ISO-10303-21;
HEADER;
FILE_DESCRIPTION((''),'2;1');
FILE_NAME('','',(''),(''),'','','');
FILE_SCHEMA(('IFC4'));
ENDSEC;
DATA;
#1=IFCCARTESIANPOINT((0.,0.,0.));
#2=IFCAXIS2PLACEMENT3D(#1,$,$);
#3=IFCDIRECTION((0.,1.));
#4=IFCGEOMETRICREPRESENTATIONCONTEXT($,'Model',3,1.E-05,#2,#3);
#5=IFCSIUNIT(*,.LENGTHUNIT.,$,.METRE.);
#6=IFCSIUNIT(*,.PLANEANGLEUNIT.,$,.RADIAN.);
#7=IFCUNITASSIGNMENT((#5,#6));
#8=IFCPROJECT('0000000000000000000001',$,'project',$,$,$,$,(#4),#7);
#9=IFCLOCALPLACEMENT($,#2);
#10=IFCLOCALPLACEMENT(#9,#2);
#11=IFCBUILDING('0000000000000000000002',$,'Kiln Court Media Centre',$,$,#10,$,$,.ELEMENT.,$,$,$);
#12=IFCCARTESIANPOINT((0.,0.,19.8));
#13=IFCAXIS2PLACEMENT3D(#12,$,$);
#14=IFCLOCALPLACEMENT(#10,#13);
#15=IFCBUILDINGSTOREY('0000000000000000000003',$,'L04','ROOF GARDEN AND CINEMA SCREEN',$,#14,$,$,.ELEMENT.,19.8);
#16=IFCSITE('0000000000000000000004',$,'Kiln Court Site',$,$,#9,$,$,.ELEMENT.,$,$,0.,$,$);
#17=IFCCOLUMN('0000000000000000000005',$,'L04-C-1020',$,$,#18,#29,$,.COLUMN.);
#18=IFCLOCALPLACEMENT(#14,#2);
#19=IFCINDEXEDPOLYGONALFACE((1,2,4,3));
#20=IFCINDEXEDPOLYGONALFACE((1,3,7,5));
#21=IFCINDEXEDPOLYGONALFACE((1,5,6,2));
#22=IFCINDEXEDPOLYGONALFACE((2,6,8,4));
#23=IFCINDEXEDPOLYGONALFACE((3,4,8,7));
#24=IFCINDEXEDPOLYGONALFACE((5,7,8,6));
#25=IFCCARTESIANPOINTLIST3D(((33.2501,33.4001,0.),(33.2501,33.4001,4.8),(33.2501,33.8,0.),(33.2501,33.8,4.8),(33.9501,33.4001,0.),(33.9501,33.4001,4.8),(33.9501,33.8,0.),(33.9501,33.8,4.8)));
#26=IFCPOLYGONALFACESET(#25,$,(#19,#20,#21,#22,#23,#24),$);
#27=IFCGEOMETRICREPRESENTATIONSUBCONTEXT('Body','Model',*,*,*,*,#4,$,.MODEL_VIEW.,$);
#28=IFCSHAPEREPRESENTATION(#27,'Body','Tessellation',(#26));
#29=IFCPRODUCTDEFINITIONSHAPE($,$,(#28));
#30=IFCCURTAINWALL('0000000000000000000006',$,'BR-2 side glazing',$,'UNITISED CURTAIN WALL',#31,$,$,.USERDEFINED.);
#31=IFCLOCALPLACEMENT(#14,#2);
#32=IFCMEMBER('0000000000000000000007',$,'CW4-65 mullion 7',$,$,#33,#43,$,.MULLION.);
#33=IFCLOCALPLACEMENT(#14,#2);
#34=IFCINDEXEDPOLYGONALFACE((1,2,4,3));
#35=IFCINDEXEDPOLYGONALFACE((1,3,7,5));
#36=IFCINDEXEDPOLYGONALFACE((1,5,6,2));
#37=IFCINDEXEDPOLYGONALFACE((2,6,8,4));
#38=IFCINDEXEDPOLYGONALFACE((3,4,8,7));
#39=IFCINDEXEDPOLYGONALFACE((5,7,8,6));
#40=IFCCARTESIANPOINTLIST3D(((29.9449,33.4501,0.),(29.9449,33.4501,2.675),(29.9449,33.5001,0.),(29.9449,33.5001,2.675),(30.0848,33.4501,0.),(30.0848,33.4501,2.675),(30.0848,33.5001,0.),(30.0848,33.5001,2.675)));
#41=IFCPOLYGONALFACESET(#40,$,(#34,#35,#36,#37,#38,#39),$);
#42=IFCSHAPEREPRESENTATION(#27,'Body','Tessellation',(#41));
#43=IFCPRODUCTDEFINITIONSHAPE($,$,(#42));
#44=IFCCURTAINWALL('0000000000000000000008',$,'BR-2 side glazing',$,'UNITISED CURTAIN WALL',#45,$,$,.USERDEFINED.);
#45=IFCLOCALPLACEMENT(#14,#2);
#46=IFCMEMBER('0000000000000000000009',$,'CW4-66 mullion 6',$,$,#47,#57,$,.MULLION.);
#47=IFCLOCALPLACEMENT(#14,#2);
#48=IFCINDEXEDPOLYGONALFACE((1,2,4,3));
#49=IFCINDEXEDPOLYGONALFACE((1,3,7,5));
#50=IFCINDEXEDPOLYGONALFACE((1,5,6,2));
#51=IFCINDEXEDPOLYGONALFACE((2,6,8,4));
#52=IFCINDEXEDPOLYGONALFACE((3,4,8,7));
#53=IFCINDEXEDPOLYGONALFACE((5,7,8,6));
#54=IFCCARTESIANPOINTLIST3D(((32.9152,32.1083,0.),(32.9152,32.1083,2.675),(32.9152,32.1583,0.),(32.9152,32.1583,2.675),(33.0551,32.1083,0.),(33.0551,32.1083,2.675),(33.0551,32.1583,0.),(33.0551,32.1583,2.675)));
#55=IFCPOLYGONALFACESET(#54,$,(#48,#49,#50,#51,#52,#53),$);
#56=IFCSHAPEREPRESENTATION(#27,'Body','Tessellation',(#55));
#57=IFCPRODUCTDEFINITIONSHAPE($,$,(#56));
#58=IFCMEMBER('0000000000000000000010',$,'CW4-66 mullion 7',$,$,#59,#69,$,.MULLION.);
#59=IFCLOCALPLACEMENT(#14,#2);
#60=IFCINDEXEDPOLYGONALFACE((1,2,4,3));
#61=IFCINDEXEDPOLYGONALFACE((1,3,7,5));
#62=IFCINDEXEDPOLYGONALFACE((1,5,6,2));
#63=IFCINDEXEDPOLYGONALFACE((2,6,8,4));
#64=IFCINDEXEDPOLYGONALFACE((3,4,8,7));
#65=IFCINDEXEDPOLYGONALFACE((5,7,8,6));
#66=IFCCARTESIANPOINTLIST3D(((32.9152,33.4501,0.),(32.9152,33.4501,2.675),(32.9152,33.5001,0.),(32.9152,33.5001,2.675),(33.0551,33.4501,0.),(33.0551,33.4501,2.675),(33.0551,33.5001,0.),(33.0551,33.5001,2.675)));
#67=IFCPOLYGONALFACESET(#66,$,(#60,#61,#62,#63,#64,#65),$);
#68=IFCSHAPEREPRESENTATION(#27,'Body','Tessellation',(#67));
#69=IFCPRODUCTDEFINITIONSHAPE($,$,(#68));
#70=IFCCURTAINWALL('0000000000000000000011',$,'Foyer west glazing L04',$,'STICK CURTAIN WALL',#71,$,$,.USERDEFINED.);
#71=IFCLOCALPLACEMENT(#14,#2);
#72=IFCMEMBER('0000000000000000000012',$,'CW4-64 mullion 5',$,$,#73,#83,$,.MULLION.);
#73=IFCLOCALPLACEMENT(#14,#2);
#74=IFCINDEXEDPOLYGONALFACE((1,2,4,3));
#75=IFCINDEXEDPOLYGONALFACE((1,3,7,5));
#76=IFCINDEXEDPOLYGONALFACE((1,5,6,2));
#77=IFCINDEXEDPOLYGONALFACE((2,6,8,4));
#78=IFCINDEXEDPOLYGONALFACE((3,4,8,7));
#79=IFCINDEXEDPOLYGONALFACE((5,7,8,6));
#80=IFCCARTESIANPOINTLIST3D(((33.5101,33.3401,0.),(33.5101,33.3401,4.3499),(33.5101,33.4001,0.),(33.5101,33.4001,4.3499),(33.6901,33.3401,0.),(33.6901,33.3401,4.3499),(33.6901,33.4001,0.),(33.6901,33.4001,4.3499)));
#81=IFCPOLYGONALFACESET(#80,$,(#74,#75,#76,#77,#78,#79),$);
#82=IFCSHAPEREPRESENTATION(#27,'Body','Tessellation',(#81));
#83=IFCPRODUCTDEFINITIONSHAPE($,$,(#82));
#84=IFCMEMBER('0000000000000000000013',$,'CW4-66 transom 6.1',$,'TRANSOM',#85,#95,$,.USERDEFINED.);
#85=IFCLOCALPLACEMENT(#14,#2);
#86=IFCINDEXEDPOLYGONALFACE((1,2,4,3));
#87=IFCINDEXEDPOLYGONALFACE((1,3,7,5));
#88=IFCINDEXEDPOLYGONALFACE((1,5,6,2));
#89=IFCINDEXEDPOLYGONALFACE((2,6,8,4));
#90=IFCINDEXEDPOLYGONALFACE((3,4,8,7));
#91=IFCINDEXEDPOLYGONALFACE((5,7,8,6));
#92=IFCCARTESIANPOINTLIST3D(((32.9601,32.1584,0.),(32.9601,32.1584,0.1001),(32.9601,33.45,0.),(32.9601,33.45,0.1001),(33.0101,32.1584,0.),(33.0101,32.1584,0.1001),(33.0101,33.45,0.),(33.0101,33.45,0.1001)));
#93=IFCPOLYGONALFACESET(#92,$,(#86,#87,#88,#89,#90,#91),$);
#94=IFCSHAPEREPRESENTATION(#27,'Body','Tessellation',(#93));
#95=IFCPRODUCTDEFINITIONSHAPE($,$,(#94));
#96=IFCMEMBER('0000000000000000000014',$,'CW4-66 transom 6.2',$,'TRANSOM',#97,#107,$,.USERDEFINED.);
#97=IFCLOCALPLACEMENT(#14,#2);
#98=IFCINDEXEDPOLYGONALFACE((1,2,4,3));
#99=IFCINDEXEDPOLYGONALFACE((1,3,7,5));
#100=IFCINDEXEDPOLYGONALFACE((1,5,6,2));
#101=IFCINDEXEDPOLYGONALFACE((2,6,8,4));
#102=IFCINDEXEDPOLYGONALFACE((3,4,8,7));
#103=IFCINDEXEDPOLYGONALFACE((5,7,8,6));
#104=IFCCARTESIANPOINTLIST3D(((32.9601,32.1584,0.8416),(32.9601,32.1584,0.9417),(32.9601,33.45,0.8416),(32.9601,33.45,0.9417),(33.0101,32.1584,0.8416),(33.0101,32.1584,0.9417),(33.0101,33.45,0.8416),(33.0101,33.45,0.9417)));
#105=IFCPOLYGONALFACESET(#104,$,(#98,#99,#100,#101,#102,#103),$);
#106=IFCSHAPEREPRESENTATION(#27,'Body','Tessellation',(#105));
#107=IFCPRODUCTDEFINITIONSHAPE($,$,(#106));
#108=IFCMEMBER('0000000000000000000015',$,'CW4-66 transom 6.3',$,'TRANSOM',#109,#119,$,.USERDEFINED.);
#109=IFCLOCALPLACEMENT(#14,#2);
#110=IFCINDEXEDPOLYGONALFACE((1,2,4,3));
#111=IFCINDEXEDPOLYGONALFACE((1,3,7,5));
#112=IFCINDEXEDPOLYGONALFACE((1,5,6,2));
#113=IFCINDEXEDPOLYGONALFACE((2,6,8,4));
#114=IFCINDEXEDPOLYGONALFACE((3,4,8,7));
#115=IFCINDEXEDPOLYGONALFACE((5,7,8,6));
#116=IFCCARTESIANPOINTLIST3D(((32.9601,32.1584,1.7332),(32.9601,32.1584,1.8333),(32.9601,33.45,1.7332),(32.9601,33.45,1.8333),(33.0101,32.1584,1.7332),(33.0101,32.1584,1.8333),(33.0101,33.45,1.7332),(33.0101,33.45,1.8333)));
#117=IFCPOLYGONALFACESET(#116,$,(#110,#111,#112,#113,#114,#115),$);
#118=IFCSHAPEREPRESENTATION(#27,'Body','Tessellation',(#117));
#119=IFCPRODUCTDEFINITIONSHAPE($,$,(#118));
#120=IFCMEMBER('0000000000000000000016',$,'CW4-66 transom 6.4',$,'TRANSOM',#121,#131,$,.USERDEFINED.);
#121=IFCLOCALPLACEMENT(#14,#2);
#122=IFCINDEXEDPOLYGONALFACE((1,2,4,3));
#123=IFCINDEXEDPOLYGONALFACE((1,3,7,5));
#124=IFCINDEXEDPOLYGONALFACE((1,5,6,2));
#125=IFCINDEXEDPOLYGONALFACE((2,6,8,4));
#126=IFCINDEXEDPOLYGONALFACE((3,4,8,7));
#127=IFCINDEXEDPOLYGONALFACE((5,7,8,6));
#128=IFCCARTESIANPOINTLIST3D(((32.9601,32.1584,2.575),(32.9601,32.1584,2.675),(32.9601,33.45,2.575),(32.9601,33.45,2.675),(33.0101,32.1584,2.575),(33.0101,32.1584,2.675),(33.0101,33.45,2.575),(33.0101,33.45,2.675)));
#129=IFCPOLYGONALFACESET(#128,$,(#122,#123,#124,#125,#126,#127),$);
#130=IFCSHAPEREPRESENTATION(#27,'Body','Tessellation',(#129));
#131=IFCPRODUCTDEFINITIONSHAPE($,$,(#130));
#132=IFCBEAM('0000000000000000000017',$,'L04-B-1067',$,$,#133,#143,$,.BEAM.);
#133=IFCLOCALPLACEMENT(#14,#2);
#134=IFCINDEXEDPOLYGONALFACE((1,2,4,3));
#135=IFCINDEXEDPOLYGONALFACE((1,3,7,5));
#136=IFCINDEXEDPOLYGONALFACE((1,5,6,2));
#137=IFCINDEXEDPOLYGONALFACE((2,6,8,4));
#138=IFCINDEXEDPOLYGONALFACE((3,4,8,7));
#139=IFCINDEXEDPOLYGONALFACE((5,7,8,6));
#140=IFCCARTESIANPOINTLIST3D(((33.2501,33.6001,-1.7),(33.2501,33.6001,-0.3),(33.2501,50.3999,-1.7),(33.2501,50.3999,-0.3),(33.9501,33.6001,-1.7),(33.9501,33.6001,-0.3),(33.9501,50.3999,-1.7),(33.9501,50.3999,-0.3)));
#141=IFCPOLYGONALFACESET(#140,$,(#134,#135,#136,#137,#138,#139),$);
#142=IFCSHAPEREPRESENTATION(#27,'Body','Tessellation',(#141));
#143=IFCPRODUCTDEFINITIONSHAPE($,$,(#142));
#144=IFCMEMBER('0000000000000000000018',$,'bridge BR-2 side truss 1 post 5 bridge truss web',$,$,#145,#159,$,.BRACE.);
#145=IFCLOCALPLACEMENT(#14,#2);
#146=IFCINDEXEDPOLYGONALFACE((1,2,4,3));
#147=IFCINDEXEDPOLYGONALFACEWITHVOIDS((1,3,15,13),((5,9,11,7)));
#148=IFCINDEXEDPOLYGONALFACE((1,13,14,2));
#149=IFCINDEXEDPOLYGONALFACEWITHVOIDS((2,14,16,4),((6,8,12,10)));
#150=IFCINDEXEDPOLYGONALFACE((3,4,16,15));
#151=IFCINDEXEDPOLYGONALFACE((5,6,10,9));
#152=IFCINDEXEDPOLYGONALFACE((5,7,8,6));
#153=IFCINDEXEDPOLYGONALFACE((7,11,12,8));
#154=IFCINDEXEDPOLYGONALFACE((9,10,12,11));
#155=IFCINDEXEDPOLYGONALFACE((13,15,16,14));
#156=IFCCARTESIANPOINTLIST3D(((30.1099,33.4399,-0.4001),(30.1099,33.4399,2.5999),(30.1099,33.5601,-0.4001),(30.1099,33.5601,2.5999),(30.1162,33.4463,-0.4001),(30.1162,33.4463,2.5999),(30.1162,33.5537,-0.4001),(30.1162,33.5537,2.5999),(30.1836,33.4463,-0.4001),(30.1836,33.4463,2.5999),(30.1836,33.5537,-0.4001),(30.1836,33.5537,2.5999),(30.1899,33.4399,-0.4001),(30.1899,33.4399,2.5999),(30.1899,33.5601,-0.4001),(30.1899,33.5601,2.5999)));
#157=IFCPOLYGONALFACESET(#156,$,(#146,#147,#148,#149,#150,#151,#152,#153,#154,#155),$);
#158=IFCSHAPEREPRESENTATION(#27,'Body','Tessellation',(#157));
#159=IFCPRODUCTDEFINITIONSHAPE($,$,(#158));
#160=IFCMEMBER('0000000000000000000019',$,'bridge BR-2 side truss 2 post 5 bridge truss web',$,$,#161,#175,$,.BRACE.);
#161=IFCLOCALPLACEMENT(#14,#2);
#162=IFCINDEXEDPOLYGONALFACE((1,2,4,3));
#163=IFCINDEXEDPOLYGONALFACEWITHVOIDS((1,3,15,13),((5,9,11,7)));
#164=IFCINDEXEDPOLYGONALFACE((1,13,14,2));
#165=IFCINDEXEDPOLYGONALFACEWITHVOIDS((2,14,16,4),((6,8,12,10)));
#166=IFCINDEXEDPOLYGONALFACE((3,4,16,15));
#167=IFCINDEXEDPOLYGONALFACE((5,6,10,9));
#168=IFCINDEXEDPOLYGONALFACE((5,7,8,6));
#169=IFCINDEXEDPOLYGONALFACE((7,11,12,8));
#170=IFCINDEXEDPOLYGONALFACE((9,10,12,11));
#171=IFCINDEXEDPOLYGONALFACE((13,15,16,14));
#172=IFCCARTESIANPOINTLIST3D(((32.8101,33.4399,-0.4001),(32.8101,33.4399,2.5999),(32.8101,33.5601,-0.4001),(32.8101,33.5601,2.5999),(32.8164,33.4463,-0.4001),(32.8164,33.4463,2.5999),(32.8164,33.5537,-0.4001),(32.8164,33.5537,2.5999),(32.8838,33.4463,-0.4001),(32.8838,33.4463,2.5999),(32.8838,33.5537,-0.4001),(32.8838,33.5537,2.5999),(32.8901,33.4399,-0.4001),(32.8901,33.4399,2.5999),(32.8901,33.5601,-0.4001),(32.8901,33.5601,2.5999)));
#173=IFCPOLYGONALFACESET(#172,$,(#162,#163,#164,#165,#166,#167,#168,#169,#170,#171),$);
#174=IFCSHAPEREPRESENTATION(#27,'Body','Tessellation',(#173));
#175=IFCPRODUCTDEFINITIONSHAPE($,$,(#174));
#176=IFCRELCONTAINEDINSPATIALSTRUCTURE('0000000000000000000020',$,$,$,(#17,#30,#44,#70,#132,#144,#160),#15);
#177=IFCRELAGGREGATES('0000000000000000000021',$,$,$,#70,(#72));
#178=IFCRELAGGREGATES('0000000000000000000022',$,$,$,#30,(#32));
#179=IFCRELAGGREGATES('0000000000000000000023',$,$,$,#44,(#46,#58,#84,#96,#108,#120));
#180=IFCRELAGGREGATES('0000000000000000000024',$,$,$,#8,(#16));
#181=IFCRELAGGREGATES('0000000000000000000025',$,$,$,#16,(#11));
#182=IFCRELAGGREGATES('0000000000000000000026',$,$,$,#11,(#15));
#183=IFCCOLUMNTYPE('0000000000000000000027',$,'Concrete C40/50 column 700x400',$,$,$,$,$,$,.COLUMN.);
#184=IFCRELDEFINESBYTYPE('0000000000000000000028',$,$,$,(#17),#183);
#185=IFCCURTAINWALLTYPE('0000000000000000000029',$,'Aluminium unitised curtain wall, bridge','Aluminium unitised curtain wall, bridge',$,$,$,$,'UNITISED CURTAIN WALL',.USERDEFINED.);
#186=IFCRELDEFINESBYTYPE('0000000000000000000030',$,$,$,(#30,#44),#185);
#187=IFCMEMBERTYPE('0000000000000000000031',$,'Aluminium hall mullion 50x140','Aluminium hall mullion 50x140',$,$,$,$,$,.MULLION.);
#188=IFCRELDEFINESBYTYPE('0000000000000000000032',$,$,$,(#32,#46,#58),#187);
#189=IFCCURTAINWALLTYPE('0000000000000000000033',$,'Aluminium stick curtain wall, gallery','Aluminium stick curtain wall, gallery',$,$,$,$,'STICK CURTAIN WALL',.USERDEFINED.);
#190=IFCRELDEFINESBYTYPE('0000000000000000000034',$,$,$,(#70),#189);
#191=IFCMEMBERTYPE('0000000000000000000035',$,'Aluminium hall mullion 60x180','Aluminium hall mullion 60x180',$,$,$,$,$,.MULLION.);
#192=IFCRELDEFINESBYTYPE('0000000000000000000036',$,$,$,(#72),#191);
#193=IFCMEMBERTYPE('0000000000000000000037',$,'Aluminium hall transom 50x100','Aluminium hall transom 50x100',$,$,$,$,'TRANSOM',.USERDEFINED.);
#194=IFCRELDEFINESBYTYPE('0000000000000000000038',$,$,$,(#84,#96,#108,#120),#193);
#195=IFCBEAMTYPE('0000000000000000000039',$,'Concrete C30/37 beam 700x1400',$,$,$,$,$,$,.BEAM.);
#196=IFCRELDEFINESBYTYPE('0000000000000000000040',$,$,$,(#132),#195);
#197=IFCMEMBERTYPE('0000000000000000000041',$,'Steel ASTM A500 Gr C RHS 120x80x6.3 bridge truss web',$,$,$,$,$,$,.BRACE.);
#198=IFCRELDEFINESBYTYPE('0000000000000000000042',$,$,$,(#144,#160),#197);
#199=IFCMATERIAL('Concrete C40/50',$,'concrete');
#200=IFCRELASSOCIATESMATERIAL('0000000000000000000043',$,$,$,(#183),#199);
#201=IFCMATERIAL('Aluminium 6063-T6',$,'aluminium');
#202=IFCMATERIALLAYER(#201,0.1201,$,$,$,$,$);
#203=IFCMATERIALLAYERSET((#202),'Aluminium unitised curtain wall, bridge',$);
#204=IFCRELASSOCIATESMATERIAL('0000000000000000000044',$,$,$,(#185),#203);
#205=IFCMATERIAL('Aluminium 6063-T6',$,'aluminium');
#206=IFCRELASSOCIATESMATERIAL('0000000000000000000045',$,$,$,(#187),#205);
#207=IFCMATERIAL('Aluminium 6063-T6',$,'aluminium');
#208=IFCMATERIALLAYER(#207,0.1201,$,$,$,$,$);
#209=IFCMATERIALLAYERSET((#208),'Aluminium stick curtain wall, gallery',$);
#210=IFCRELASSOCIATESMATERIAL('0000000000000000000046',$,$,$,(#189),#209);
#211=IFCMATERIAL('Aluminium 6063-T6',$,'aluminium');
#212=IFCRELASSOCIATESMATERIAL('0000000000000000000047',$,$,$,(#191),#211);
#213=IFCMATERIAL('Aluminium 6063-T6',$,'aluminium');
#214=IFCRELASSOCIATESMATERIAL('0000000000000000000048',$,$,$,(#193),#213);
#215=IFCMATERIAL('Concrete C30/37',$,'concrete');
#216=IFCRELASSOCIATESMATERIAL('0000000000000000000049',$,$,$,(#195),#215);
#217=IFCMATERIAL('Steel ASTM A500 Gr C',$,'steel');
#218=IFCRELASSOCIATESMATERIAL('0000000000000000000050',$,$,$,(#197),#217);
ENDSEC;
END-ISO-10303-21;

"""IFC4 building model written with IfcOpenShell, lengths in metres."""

from ifc_helpers import new_model, si_unit, direction, frame, origin, origin_2d, place, context, subcontext, project, spatial, rectangle, hollow_rectangle, extrude, material, layer, layer_set, material_profile, profile_set, type_object, element, aggregate, save


model = new_model("IFC4")

# Units and contexts
model_context = context("Model", 3, precision=1e-05, world=origin(), true_north=direction((0.0, 1.0)))
body_context = subcontext(model_context, "Body", "Model", "MODEL_VIEW")
ifc_project = project(units=[si_unit("LENGTHUNIT", "METRE"), si_unit("PLANEANGLEUNIT", "RADIAN")], contexts=[model_context])

# Site, building, storey
site_placement = place(None, origin())
site = spatial("IfcSite", under=ifc_project, at=site_placement, Name="Kiln Court Site", CompositionType="ELEMENT", RefElevation=0.0)
building_placement = place(site_placement, origin())
building = spatial("IfcBuilding", under=site, at=building_placement, Name="Kiln Court Media Centre", CompositionType="ELEMENT")
storey_placement = place(building_placement, frame((0.0, 0.0, 19.8)))
storey = spatial("IfcBuildingStorey", under=building, at=storey_placement, Name="L04", Description="ROOF GARDEN AND CINEMA SCREEN", CompositionType="ELEMENT", Elevation=19.8)

# Column
ifc_material_1 = material(Name="Concrete C40/50", Category="concrete")
ifc_material_profile_1 = material_profile(ifc_material_1, rectangle(XDim=0.7, YDim=0.3999, at=origin_2d()), Name="RC 700x400")
ifc_profile_set_1 = profile_set([ifc_material_profile_1], Name="Concrete C40/50")
column_type = type_object("IfcColumnType", Name="Concrete C40/50 column 700x400", PredefinedType="COLUMN", material=ifc_profile_set_1)
column_placement = place(storey_placement, frame((33.6001, 33.6001, 0.0), z_axis=(0.0, 0.0, 1.0), x_axis=(1.0, 0.0, 0.0)))
element("IfcColumn", 1, at=column_placement, inside=storey, type_object=column_type, Name="L04-C-1020", PredefinedType="COLUMN", context=body_context, shape_type="SweptSolid", body=[
    extrude(rectangle(XDim=0.7, YDim=0.3999, at=origin_2d()), origin(), (0.0, 0.0, 1.0), 4.8),
])

# Curtain wall, member
ifc_material_2 = material(Name="Aluminium 6063-T6", Category="aluminium")
ifc_layer_1 = layer(ifc_material_2, 0.1201)
ifc_layer_set_1 = layer_set([ifc_layer_1], Name="Aluminium unitised curtain wall, bridge")
curtain_wall_type_1 = type_object("IfcCurtainWallType", Name="Aluminium unitised curtain wall, bridge", Description="Aluminium unitised curtain wall, bridge", ElementType="UNITISED CURTAIN WALL", PredefinedType="USERDEFINED", material=ifc_layer_set_1)
curtain_wall_1_placement = place(storey_placement, origin())
curtain_wall_1 = element("IfcCurtainWall", 2, at=curtain_wall_1_placement, inside=storey, type_object=curtain_wall_type_1, Name="BR-2 side glazing", ObjectType="UNITISED CURTAIN WALL", PredefinedType="USERDEFINED")
ifc_material_3 = material(Name="Aluminium 6063-T6", Category="aluminium")
ifc_material_profile_2 = material_profile(ifc_material_3, rectangle(XDim=0.05, YDim=0.1399, at=origin_2d()), Name="Aluminium hall mullion 50x140")
ifc_profile_set_2 = profile_set([ifc_material_profile_2], Name="Aluminium 6063-T6")
member_type_1 = type_object("IfcMemberType", Name="Aluminium hall mullion 50x140", Description="Aluminium hall mullion 50x140", PredefinedType="MULLION", material=ifc_profile_set_2)
member_1_placement = place(storey_placement, frame((30.0149, 33.4751, 0.0), z_axis=(0.0, 0.0, 1.0), x_axis=(0.0, 1.0, 0.0)))
member_1 = element("IfcMember", 3, at=member_1_placement, type_object=member_type_1, Name="CW4-65 mullion 7", PredefinedType="MULLION", context=body_context, shape_type="SweptSolid", body=[
    extrude(rectangle(XDim=0.05, YDim=0.1399, at=origin_2d()), origin(), (0.0, 0.0, 1.0), 2.675),
])

# Curtain wall, members
curtain_wall_2_placement = place(storey_placement, origin())
curtain_wall_2 = element("IfcCurtainWall", 4, at=curtain_wall_2_placement, inside=storey, type_object=curtain_wall_type_1, Name="BR-2 side glazing", ObjectType="UNITISED CURTAIN WALL", PredefinedType="USERDEFINED")
member_2_placement = place(storey_placement, frame((32.9851, 32.1333, 0.0), z_axis=(0.0, 0.0, 1.0), x_axis=(0.0, 1.0, 0.0)))
member_2 = element("IfcMember", 5, at=member_2_placement, type_object=member_type_1, Name="CW4-66 mullion 6", PredefinedType="MULLION", context=body_context, shape_type="SweptSolid", body=[
    extrude(rectangle(XDim=0.05, YDim=0.1399, at=origin_2d()), origin(), (0.0, 0.0, 1.0), 2.675),
])
member_3_placement = place(storey_placement, frame((32.9851, 33.4751, 0.0), z_axis=(0.0, 0.0, 1.0), x_axis=(0.0, 1.0, 0.0)))
member_3 = element("IfcMember", 6, at=member_3_placement, type_object=member_type_1, Name="CW4-66 mullion 7", PredefinedType="MULLION", context=body_context, shape_type="SweptSolid", body=[
    extrude(rectangle(XDim=0.05, YDim=0.1399, at=origin_2d()), origin(), (0.0, 0.0, 1.0), 2.675),
])

# Curtain wall, member
ifc_material_4 = material(Name="Aluminium 6063-T6", Category="aluminium")
ifc_layer_2 = layer(ifc_material_4, 0.1201)
ifc_layer_set_2 = layer_set([ifc_layer_2], Name="Aluminium stick curtain wall, gallery")
curtain_wall_type_2 = type_object("IfcCurtainWallType", Name="Aluminium stick curtain wall, gallery", Description="Aluminium stick curtain wall, gallery", ElementType="STICK CURTAIN WALL", PredefinedType="USERDEFINED", material=ifc_layer_set_2)
curtain_wall_3_placement = place(storey_placement, origin())
curtain_wall_3 = element("IfcCurtainWall", 7, at=curtain_wall_3_placement, inside=storey, type_object=curtain_wall_type_2, Name="Foyer west glazing L04", ObjectType="STICK CURTAIN WALL", PredefinedType="USERDEFINED")
ifc_material_5 = material(Name="Aluminium 6063-T6", Category="aluminium")
ifc_material_profile_3 = material_profile(ifc_material_5, rectangle(XDim=0.0601, YDim=0.1799, at=origin_2d()), Name="Aluminium hall mullion 60x180")
ifc_profile_set_3 = profile_set([ifc_material_profile_3], Name="Aluminium 6063-T6")
member_type_2 = type_object("IfcMemberType", Name="Aluminium hall mullion 60x180", Description="Aluminium hall mullion 60x180", PredefinedType="MULLION", material=ifc_profile_set_3)
member_4_placement = place(storey_placement, frame((33.6001, 33.3701, 0.0), z_axis=(0.0, 0.0, 1.0), x_axis=(0.0, 1.0, 0.0)))
member_4 = element("IfcMember", 8, at=member_4_placement, type_object=member_type_2, Name="CW4-64 mullion 5", PredefinedType="MULLION", context=body_context, shape_type="SweptSolid", body=[
    extrude(rectangle(XDim=0.0601, YDim=0.1799, at=origin_2d()), origin(), (0.0, 0.0, 1.0), 4.3499),
])
aggregate(curtain_wall_3, [member_4])

# Members
ifc_material_6 = material(Name="Aluminium 6063-T6", Category="aluminium")
ifc_material_profile_4 = material_profile(ifc_material_6, rectangle(XDim=0.05, YDim=0.1001, at=origin_2d()), Name="Aluminium hall transom 50x100")
ifc_profile_set_4 = profile_set([ifc_material_profile_4], Name="Aluminium 6063-T6")
member_type_3 = type_object("IfcMemberType", Name="Aluminium hall transom 50x100", Description="Aluminium hall transom 50x100", ElementType="TRANSOM", PredefinedType="USERDEFINED", material=ifc_profile_set_4)
member_5_placement = place(storey_placement, frame((32.9851, 32.1584, 0.05), z_axis=(0.0, 1.0, 0.0), x_axis=(-1.0, 0.0, 0.0)))
member_5 = element("IfcMember", 9, at=member_5_placement, type_object=member_type_3, Name="CW4-66 transom 6.1", ObjectType="TRANSOM", PredefinedType="USERDEFINED", context=body_context, shape_type="SweptSolid", body=[
    extrude(rectangle(XDim=0.05, YDim=0.1001, at=origin_2d()), origin(), (0.0, 0.0, 1.0), 1.2915),
])
member_6_placement = place(storey_placement, frame((32.9851, 32.1584, 0.8916), z_axis=(0.0, 1.0, 0.0), x_axis=(-1.0, 0.0, 0.0)))
member_6 = element("IfcMember", 10, at=member_6_placement, type_object=member_type_3, Name="CW4-66 transom 6.2", ObjectType="TRANSOM", PredefinedType="USERDEFINED", context=body_context, shape_type="SweptSolid", body=[
    extrude(rectangle(XDim=0.05, YDim=0.1001, at=origin_2d()), origin(), (0.0, 0.0, 1.0), 1.2915),
])
member_7_placement = place(storey_placement, frame((32.9851, 32.1584, 1.7832), z_axis=(0.0, 1.0, 0.0), x_axis=(-1.0, 0.0, 0.0)))
member_7 = element("IfcMember", 11, at=member_7_placement, type_object=member_type_3, Name="CW4-66 transom 6.3", ObjectType="TRANSOM", PredefinedType="USERDEFINED", context=body_context, shape_type="SweptSolid", body=[
    extrude(rectangle(XDim=0.05, YDim=0.1001, at=origin_2d()), origin(), (0.0, 0.0, 1.0), 1.2915),
])
member_8_placement = place(storey_placement, frame((32.9851, 32.1584, 2.625), z_axis=(0.0, 1.0, 0.0), x_axis=(-1.0, 0.0, 0.0)))
member_8 = element("IfcMember", 12, at=member_8_placement, type_object=member_type_3, Name="CW4-66 transom 6.4", ObjectType="TRANSOM", PredefinedType="USERDEFINED", context=body_context, shape_type="SweptSolid", body=[
    extrude(rectangle(XDim=0.05, YDim=0.1001, at=origin_2d()), origin(), (0.0, 0.0, 1.0), 1.2915),
])

# Beam
ifc_material_7 = material(Name="Concrete C30/37", Category="concrete")
ifc_material_profile_5 = material_profile(ifc_material_7, rectangle(XDim=0.7, YDim=1.3999, at=origin_2d()), Name="RC 700x1400")
ifc_profile_set_5 = profile_set([ifc_material_profile_5], Name="Concrete C30/37")
beam_type_1 = type_object("IfcBeamType", Name="Concrete C30/37 beam 700x1400", PredefinedType="BEAM", material=ifc_profile_set_5)
beam_placement = place(storey_placement, frame((33.6001, 33.6001, -1.0), z_axis=(0.0, 1.0, 0.0), x_axis=(-1.0, 0.0, 0.0)))
element("IfcBeam", 13, at=beam_placement, inside=storey, type_object=beam_type_1, Name="L04-B-1067", PredefinedType="BEAM", context=body_context, shape_type="SweptSolid", body=[
    extrude(rectangle(XDim=0.7, YDim=1.3999, at=origin_2d()), origin(), (0.0, 0.0, 1.0), 16.7998),
])

# Members
ifc_material_8 = material(Name="Steel ASTM A500 Gr C", Category="steel")
ifc_material_profile_6 = material_profile(ifc_material_8, hollow_rectangle(XDim=0.0801, YDim=0.1201, WallThickness=0.0063, at=origin_2d()), Name="RHS 120x80x6.3")
ifc_profile_set_6 = profile_set([ifc_material_profile_6], Name="Steel ASTM A500 Gr C")
member_type_4 = type_object("IfcMemberType", Name="Steel ASTM A500 Gr C RHS 120x80x6.3 bridge truss web", PredefinedType="BRACE", material=ifc_profile_set_6)
for number, where, z_axis, x_axis, name in (
    (14, (30.1499, 33.5, -0.4001), (0.0, 0.0, 1.0), (1.0, 0.0, 0.0), "bridge BR-2 side truss 1 post 5 bridge truss web"),
    (15, (32.8501, 33.5, -0.4001), (0.0, 0.0, 1.0), (1.0, 0.0, 0.0), "bridge BR-2 side truss 2 post 5 bridge truss web"),
):
    element("IfcMember", number, at=place(storey_placement, frame(where, z_axis=z_axis, x_axis=x_axis)), inside=storey, type_object=member_type_4, Name=name, PredefinedType="BRACE", context=body_context, shape_type="SweptSolid", body=[
        extrude(hollow_rectangle(XDim=0.0801, YDim=0.1201, WallThickness=0.0063, at=origin_2d()), origin(), (0.0, 0.0, 1.0), 3.0),
    ])

aggregate(curtain_wall_1, [member_1])
aggregate(curtain_wall_2, [member_2, member_3, member_5, member_6, member_7, member_8])

save(model, "model.ifc")
